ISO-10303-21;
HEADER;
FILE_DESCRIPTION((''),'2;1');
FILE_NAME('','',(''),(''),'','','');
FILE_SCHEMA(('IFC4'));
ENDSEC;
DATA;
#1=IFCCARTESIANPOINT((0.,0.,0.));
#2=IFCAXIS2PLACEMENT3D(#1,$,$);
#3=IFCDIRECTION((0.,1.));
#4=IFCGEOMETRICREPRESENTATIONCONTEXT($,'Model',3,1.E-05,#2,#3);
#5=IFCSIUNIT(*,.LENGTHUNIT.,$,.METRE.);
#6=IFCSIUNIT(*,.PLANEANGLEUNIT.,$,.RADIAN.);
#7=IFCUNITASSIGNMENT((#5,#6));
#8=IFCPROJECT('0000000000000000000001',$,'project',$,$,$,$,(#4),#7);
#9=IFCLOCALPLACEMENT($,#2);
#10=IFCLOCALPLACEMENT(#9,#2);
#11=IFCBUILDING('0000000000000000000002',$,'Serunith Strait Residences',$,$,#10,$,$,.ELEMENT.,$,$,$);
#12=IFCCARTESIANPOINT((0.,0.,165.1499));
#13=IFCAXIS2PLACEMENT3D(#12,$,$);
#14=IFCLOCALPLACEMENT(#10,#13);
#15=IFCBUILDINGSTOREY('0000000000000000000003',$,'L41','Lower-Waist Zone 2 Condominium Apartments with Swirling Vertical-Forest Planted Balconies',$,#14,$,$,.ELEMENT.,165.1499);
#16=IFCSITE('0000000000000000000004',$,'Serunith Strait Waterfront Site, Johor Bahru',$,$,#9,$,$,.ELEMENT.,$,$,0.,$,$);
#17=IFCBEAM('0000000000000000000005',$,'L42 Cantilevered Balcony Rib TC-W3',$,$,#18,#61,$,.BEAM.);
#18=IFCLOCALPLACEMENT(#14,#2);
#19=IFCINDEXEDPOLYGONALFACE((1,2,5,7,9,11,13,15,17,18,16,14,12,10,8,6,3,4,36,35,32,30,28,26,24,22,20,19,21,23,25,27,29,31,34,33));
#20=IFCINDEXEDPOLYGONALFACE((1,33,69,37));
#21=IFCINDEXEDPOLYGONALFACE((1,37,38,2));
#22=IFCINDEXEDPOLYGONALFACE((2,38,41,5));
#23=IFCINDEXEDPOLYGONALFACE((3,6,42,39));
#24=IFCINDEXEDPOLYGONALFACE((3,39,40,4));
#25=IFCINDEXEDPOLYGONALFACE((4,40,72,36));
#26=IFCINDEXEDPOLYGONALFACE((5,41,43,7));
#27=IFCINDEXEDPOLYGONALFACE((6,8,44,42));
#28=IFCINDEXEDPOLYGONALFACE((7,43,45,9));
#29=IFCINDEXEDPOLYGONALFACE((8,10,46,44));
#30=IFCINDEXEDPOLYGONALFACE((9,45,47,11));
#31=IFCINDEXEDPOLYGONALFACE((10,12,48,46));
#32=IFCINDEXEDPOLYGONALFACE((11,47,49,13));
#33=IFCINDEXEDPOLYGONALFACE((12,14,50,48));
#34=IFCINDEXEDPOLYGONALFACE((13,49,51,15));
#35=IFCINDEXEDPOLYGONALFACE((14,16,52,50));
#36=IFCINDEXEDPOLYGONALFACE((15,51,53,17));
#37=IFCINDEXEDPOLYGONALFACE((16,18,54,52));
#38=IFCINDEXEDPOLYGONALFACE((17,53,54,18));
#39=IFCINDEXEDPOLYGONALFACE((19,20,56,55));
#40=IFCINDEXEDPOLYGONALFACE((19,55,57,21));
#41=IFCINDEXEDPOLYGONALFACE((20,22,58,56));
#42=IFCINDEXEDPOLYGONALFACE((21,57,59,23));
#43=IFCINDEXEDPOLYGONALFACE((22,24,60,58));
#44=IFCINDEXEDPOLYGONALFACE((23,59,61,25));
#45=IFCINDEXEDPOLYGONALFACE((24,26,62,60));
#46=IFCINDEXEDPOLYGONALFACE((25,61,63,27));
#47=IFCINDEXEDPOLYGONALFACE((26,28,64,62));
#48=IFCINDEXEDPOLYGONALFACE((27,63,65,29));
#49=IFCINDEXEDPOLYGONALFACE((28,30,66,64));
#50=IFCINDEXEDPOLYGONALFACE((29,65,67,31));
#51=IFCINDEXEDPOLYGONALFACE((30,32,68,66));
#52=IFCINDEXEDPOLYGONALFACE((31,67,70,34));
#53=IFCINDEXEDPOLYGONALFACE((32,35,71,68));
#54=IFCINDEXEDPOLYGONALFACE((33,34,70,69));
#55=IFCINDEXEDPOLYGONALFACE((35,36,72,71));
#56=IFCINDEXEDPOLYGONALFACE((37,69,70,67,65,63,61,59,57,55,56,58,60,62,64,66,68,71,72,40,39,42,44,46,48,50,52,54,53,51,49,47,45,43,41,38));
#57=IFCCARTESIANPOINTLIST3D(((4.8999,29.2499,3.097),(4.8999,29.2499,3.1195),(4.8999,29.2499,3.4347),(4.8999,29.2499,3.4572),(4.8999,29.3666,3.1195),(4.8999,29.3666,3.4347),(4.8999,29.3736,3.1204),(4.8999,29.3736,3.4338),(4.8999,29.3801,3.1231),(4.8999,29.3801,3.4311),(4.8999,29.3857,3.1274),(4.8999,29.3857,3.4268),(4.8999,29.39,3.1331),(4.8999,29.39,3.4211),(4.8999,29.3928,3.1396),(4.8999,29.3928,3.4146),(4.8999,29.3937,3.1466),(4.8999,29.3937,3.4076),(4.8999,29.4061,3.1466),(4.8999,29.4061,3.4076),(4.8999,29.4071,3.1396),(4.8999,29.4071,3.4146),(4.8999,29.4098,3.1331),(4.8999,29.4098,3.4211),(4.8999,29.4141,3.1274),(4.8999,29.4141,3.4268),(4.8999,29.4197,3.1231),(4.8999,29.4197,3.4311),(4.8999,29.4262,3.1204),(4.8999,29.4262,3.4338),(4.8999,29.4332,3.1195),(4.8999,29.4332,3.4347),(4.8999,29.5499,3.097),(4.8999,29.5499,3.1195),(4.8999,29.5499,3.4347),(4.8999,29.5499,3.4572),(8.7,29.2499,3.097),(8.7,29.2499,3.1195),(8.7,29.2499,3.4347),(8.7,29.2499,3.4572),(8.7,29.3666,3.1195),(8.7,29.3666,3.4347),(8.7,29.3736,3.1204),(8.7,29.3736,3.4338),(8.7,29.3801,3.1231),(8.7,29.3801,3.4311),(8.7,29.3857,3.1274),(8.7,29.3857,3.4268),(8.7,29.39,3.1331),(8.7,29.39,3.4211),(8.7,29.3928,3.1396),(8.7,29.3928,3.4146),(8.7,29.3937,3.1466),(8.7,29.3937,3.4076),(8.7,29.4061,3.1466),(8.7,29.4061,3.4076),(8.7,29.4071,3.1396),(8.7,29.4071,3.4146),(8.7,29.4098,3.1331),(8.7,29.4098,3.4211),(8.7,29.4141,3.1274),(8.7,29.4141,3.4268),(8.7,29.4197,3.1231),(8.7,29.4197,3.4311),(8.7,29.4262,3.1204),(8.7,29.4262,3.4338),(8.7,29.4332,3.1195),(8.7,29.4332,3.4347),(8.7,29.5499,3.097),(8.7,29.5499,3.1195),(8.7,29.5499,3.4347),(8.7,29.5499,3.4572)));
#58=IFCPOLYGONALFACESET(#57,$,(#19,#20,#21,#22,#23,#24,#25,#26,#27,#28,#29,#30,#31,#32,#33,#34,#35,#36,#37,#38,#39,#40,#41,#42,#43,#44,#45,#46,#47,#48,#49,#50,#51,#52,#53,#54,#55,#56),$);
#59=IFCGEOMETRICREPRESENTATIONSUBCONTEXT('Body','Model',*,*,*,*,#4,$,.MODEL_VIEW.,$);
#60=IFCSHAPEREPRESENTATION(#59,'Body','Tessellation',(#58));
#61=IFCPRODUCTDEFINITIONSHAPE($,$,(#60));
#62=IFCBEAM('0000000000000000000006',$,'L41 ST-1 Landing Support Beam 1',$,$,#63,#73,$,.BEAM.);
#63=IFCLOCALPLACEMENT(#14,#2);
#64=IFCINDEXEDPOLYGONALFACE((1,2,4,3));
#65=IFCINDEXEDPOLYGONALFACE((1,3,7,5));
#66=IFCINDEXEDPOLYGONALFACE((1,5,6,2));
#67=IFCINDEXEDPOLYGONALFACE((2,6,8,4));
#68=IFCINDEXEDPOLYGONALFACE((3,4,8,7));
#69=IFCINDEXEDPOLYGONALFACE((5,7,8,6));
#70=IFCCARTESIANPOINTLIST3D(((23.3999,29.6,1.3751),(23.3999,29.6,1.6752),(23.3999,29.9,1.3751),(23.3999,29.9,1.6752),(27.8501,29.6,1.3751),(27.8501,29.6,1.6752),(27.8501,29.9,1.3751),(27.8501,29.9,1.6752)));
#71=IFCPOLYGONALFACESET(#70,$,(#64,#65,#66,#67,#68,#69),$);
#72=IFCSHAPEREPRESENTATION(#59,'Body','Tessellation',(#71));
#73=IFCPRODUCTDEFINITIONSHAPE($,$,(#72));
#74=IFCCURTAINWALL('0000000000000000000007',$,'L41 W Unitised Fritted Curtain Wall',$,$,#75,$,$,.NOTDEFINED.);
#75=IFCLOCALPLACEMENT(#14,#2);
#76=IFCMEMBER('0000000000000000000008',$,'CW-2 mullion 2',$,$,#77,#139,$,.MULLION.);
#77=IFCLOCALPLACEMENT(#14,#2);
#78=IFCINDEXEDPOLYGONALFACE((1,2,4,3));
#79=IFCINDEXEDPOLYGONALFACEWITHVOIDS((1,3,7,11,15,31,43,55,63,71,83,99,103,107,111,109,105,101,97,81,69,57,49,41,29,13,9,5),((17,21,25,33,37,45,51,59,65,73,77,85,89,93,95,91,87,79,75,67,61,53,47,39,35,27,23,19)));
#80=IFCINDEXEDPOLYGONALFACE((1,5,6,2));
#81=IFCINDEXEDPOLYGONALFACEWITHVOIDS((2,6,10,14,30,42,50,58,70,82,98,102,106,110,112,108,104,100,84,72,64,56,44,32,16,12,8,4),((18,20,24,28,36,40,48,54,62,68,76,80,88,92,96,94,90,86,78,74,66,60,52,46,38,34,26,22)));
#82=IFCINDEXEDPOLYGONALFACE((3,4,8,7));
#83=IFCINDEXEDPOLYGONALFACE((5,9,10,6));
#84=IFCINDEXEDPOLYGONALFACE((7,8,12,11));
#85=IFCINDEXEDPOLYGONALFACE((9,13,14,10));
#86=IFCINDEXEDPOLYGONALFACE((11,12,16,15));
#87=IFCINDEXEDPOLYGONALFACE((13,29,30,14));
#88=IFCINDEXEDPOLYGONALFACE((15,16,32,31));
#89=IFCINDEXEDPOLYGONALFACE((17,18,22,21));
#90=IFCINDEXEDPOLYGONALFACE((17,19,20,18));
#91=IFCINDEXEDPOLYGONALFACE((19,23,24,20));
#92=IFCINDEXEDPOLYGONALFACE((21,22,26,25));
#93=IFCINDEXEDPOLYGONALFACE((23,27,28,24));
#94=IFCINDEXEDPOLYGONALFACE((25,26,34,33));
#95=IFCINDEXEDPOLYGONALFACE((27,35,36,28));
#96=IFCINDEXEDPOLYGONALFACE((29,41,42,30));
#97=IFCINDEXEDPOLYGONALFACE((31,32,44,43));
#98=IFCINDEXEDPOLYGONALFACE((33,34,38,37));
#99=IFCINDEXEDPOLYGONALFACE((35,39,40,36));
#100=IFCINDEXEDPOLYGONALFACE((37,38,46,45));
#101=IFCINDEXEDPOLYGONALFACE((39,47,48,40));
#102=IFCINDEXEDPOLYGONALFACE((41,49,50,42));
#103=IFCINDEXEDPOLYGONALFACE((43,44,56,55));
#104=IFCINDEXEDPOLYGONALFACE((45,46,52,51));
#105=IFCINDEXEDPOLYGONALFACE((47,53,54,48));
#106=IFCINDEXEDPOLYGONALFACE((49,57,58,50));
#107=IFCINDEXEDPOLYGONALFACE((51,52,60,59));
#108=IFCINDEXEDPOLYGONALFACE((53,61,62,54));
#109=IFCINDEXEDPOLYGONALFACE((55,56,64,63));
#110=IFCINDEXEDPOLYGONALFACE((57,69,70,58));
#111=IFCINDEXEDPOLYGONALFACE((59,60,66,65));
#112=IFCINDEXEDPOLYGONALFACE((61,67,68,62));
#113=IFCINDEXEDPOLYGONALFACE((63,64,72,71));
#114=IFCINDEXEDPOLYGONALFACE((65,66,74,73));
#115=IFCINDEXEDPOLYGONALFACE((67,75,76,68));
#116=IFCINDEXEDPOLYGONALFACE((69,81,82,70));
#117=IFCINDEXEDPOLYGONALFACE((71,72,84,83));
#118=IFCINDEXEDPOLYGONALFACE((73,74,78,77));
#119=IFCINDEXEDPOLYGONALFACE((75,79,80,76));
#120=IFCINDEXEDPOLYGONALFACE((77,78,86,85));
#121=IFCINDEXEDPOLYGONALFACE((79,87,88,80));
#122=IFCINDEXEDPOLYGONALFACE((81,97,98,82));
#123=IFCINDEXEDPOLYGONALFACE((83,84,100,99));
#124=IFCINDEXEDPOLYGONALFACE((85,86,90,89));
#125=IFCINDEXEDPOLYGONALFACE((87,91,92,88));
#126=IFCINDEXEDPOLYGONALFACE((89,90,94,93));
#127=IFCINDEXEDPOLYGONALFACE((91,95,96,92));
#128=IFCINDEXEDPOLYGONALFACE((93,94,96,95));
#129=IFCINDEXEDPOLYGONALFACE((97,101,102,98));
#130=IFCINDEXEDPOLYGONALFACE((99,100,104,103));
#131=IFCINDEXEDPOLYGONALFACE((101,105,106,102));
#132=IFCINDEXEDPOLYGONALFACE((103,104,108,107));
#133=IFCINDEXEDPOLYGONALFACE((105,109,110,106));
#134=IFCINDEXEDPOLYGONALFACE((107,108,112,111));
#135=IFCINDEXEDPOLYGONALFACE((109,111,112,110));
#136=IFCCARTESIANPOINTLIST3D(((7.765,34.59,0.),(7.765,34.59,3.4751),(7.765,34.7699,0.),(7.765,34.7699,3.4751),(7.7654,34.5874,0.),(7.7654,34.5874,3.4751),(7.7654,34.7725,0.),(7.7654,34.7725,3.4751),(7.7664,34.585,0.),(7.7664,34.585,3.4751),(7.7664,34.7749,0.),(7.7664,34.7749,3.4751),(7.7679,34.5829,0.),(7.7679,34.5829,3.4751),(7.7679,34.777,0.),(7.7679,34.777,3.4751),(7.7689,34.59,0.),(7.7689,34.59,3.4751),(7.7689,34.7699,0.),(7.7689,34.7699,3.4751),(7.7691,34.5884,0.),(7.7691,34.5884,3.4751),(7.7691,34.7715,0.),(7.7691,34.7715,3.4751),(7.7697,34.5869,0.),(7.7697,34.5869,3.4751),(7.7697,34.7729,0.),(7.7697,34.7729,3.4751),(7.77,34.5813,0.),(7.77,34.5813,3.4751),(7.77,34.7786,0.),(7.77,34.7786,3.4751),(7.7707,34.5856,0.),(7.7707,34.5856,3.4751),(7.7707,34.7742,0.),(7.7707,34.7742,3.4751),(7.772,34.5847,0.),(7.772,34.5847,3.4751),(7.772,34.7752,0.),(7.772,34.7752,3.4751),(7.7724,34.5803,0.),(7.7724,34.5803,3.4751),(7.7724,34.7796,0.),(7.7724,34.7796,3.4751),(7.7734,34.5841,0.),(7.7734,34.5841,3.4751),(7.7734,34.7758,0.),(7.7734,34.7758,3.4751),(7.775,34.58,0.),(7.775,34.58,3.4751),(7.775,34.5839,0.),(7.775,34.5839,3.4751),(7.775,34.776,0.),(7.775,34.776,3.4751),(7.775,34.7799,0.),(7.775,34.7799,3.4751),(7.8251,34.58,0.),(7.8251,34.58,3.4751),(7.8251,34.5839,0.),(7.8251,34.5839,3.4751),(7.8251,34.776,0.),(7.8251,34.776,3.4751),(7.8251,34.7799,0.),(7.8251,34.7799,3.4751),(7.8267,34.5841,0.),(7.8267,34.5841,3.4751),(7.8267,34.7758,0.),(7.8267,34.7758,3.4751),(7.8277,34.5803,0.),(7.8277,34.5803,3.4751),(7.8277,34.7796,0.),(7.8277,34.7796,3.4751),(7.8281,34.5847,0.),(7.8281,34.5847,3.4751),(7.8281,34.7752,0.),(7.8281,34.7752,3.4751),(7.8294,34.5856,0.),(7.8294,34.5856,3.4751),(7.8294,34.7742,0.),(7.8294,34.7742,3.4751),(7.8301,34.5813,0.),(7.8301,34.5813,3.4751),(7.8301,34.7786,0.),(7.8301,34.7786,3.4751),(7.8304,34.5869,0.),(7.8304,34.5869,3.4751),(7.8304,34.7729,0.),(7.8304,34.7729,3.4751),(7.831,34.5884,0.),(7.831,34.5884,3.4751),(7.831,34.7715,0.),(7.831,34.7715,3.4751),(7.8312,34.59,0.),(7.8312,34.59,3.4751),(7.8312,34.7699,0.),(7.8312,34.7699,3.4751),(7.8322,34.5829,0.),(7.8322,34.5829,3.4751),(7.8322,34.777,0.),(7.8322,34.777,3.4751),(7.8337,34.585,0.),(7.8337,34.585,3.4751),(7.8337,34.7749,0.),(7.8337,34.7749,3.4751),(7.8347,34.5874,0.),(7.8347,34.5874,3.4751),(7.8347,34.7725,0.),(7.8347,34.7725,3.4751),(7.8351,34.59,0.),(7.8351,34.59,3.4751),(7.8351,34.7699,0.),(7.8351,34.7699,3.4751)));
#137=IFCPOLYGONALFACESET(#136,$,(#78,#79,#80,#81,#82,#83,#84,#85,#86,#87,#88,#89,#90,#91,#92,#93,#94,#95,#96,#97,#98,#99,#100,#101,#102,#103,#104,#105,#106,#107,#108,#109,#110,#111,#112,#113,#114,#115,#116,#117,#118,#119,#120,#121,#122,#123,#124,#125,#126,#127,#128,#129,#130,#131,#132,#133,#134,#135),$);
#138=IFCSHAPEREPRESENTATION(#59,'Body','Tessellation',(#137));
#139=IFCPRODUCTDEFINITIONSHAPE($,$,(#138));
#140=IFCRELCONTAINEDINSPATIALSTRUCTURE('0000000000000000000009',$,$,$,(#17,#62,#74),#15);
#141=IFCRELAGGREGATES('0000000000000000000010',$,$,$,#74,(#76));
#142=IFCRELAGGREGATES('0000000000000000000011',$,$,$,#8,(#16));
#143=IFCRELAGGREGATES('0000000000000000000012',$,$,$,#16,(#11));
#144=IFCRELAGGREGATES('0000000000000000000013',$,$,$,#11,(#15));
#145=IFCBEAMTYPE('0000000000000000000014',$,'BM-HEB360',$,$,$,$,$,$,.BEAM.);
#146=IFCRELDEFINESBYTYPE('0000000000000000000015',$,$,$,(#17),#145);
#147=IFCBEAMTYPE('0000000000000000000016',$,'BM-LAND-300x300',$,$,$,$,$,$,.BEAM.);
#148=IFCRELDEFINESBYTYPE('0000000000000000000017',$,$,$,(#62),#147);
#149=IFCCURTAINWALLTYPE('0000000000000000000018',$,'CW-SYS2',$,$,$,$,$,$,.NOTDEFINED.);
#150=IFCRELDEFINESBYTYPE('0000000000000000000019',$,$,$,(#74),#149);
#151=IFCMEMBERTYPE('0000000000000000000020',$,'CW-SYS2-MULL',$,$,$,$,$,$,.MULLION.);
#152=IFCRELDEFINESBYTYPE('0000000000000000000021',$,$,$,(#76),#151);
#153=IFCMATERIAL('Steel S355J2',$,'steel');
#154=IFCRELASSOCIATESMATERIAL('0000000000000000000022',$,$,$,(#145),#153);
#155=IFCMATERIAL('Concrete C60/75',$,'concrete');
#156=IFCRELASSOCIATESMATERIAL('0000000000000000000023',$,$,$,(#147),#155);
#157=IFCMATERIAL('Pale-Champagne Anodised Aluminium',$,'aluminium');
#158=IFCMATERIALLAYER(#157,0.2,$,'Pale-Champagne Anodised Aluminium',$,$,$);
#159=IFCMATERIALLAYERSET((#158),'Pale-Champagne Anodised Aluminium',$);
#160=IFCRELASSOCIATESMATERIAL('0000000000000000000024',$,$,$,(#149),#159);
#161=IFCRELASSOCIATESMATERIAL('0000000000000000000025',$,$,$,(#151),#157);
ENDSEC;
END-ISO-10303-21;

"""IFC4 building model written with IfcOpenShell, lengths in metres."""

from ifc_helpers import new_model, si_unit, direction, frame, origin, origin_2d, place, context, subcontext, project, spatial, rectangle, hollow_rectangle, i_section, extrude, source, transform, mapped, material, layer, layer_set, material_profile, profile_set, type_object, element, aggregate, save


model = new_model("IFC4")

# Units and contexts
model_context = context("Model", 3, precision=1e-05, world=origin(), true_north=direction((0.0, 1.0)))
body_context = subcontext(model_context, "Body", "Model", "MODEL_VIEW")
ifc_project = project(units=[si_unit("LENGTHUNIT", "METRE"), si_unit("PLANEANGLEUNIT", "RADIAN")], contexts=[model_context])

# Site, building, storey
site_placement = place(None, origin())
site = spatial("IfcSite", under=ifc_project, at=site_placement, Name="Serunith Strait Waterfront Site, Johor Bahru", CompositionType="ELEMENT", RefElevation=0.0)
building_placement = place(site_placement, origin())
building = spatial("IfcBuilding", under=site, at=building_placement, Name="Serunith Strait Residences", CompositionType="ELEMENT")
storey_placement = place(building_placement, frame((0.0, 0.0, 165.1499)))
storey = spatial("IfcBuildingStorey", under=building, at=storey_placement, Name="L41", Description="Lower-Waist Zone 2 Condominium Apartments with Swirling Vertical-Forest Planted Balconies", CompositionType="ELEMENT", Elevation=165.1499)

# Beams
ifc_material_1 = material(Name="Steel S355J2", Category="steel")
ifc_material_profile_1 = material_profile(ifc_material_1, i_section(OverallWidth=0.3, OverallDepth=0.3601, WebThickness=0.0125, FlangeThickness=0.0225, FilletRadius=0.0271, at=origin_2d()), Name="HEB 360")
ifc_profile_set_1 = profile_set([ifc_material_profile_1], Name="Steel S355J2")
beam_type_1 = type_object("IfcBeamType", Name="BM-HEB360", PredefinedType="BEAM", material=ifc_profile_set_1)
shared_shape_1 = source(origin(), body_context, "Body", "SweptSolid", [
    extrude(i_section(OverallWidth=0.3, OverallDepth=0.3601, WebThickness=0.0125, FlangeThickness=0.0225, FilletRadius=0.0271, at=origin_2d()), origin(), (0.0, 0.0, 1.0), 3.8),
])
beam_1_placement = place(storey_placement, frame((8.7, 29.3999, 3.2771), z_axis=(-1.0, 0.0, 0.0), x_axis=(0.0, -1.0, 0.0)))
element("IfcBeam", 1, at=beam_1_placement, inside=storey, type_object=beam_type_1, Name="L42 Cantilevered Balcony Rib TC-W3", PredefinedType="BEAM", context=body_context, shape_type="MappedRepresentation", body=[
    mapped(shared_shape_1, transform((0.0, 0.0, 0.0), scale=1.0)),
])
ifc_material_2 = material(Name="Concrete C60/75", Category="concrete")
ifc_material_profile_2 = material_profile(ifc_material_2, rectangle(XDim=0.3, YDim=0.3, at=origin_2d()), Name="RC 300x300")
ifc_profile_set_2 = profile_set([ifc_material_profile_2], Name="Concrete C60/75")
beam_type_2 = type_object("IfcBeamType", Name="BM-LAND-300x300", PredefinedType="BEAM", material=ifc_profile_set_2)
shared_shape_2 = source(origin(), body_context, "Body", "SweptSolid", [
    extrude(rectangle(XDim=0.3, YDim=0.3, at=origin_2d()), origin(), (0.0, 0.0, 1.0), 4.4502),
])
beam_2_placement = place(storey_placement, frame((23.3999, 29.75, 1.5251), z_axis=(1.0, 0.0, 0.0), x_axis=(0.0, 1.0, 0.0)))
element("IfcBeam", 2, at=beam_2_placement, inside=storey, type_object=beam_type_2, Name="L41 ST-1 Landing Support Beam 1", PredefinedType="BEAM", context=body_context, shape_type="MappedRepresentation", body=[
    mapped(shared_shape_2, transform((0.0, 0.0, 0.0), scale=1.0)),
])

# Curtain wall, member
ifc_material_3 = material(Name="Pale-Champagne Anodised Aluminium", Category="aluminium")
ifc_layer_1 = layer(ifc_material_3, 0.2, Name="Pale-Champagne Anodised Aluminium")
ifc_layer_set_1 = layer_set([ifc_layer_1], Name="Pale-Champagne Anodised Aluminium")
curtain_wall_type = type_object("IfcCurtainWallType", Name="CW-SYS2", PredefinedType="NOTDEFINED", material=ifc_layer_set_1)
curtain_wall_placement = place(storey_placement, origin())
curtain_wall = element("IfcCurtainWall", 3, at=curtain_wall_placement, inside=storey, type_object=curtain_wall_type, Name="L41 W Unitised Fritted Curtain Wall", PredefinedType="NOTDEFINED")
ifc_material_profile_3 = material_profile(ifc_material_3, hollow_rectangle(XDim=0.0701, YDim=0.2, WallThickness=0.0039, InnerFilletRadius=0.0061, OuterFilletRadius=0.01, at=origin_2d()), Name="ALU 200x70x4")
ifc_profile_set_3 = profile_set([ifc_material_profile_3], Name="Pale-Champagne Anodised Aluminium")
member_type_1 = type_object("IfcMemberType", Name="CW-SYS2-MULL", PredefinedType="MULLION", material=ifc_profile_set_3)
shared_shape_3 = source(origin(), body_context, "Body", "SweptSolid", [
    extrude(hollow_rectangle(XDim=0.0701, YDim=0.2, WallThickness=0.0039, InnerFilletRadius=0.0061, OuterFilletRadius=0.01, at=origin_2d()), origin(), (0.0, 0.0, 1.0), 3.4751),
])
member_1_placement = place(storey_placement, frame((7.8, 34.6799, 0.0), z_axis=(0.0, 0.0, 1.0), x_axis=(1.0, 0.0, 0.0)))
member_1 = element("IfcMember", 4, at=member_1_placement, type_object=member_type_1, Name="CW-2 mullion 2", PredefinedType="MULLION", context=body_context, shape_type="MappedRepresentation", body=[
    mapped(shared_shape_3, transform((0.0, 0.0, 0.0), scale=1.0)),
])
aggregate(curtain_wall, [member_1])

save(model, "model.ifc")
